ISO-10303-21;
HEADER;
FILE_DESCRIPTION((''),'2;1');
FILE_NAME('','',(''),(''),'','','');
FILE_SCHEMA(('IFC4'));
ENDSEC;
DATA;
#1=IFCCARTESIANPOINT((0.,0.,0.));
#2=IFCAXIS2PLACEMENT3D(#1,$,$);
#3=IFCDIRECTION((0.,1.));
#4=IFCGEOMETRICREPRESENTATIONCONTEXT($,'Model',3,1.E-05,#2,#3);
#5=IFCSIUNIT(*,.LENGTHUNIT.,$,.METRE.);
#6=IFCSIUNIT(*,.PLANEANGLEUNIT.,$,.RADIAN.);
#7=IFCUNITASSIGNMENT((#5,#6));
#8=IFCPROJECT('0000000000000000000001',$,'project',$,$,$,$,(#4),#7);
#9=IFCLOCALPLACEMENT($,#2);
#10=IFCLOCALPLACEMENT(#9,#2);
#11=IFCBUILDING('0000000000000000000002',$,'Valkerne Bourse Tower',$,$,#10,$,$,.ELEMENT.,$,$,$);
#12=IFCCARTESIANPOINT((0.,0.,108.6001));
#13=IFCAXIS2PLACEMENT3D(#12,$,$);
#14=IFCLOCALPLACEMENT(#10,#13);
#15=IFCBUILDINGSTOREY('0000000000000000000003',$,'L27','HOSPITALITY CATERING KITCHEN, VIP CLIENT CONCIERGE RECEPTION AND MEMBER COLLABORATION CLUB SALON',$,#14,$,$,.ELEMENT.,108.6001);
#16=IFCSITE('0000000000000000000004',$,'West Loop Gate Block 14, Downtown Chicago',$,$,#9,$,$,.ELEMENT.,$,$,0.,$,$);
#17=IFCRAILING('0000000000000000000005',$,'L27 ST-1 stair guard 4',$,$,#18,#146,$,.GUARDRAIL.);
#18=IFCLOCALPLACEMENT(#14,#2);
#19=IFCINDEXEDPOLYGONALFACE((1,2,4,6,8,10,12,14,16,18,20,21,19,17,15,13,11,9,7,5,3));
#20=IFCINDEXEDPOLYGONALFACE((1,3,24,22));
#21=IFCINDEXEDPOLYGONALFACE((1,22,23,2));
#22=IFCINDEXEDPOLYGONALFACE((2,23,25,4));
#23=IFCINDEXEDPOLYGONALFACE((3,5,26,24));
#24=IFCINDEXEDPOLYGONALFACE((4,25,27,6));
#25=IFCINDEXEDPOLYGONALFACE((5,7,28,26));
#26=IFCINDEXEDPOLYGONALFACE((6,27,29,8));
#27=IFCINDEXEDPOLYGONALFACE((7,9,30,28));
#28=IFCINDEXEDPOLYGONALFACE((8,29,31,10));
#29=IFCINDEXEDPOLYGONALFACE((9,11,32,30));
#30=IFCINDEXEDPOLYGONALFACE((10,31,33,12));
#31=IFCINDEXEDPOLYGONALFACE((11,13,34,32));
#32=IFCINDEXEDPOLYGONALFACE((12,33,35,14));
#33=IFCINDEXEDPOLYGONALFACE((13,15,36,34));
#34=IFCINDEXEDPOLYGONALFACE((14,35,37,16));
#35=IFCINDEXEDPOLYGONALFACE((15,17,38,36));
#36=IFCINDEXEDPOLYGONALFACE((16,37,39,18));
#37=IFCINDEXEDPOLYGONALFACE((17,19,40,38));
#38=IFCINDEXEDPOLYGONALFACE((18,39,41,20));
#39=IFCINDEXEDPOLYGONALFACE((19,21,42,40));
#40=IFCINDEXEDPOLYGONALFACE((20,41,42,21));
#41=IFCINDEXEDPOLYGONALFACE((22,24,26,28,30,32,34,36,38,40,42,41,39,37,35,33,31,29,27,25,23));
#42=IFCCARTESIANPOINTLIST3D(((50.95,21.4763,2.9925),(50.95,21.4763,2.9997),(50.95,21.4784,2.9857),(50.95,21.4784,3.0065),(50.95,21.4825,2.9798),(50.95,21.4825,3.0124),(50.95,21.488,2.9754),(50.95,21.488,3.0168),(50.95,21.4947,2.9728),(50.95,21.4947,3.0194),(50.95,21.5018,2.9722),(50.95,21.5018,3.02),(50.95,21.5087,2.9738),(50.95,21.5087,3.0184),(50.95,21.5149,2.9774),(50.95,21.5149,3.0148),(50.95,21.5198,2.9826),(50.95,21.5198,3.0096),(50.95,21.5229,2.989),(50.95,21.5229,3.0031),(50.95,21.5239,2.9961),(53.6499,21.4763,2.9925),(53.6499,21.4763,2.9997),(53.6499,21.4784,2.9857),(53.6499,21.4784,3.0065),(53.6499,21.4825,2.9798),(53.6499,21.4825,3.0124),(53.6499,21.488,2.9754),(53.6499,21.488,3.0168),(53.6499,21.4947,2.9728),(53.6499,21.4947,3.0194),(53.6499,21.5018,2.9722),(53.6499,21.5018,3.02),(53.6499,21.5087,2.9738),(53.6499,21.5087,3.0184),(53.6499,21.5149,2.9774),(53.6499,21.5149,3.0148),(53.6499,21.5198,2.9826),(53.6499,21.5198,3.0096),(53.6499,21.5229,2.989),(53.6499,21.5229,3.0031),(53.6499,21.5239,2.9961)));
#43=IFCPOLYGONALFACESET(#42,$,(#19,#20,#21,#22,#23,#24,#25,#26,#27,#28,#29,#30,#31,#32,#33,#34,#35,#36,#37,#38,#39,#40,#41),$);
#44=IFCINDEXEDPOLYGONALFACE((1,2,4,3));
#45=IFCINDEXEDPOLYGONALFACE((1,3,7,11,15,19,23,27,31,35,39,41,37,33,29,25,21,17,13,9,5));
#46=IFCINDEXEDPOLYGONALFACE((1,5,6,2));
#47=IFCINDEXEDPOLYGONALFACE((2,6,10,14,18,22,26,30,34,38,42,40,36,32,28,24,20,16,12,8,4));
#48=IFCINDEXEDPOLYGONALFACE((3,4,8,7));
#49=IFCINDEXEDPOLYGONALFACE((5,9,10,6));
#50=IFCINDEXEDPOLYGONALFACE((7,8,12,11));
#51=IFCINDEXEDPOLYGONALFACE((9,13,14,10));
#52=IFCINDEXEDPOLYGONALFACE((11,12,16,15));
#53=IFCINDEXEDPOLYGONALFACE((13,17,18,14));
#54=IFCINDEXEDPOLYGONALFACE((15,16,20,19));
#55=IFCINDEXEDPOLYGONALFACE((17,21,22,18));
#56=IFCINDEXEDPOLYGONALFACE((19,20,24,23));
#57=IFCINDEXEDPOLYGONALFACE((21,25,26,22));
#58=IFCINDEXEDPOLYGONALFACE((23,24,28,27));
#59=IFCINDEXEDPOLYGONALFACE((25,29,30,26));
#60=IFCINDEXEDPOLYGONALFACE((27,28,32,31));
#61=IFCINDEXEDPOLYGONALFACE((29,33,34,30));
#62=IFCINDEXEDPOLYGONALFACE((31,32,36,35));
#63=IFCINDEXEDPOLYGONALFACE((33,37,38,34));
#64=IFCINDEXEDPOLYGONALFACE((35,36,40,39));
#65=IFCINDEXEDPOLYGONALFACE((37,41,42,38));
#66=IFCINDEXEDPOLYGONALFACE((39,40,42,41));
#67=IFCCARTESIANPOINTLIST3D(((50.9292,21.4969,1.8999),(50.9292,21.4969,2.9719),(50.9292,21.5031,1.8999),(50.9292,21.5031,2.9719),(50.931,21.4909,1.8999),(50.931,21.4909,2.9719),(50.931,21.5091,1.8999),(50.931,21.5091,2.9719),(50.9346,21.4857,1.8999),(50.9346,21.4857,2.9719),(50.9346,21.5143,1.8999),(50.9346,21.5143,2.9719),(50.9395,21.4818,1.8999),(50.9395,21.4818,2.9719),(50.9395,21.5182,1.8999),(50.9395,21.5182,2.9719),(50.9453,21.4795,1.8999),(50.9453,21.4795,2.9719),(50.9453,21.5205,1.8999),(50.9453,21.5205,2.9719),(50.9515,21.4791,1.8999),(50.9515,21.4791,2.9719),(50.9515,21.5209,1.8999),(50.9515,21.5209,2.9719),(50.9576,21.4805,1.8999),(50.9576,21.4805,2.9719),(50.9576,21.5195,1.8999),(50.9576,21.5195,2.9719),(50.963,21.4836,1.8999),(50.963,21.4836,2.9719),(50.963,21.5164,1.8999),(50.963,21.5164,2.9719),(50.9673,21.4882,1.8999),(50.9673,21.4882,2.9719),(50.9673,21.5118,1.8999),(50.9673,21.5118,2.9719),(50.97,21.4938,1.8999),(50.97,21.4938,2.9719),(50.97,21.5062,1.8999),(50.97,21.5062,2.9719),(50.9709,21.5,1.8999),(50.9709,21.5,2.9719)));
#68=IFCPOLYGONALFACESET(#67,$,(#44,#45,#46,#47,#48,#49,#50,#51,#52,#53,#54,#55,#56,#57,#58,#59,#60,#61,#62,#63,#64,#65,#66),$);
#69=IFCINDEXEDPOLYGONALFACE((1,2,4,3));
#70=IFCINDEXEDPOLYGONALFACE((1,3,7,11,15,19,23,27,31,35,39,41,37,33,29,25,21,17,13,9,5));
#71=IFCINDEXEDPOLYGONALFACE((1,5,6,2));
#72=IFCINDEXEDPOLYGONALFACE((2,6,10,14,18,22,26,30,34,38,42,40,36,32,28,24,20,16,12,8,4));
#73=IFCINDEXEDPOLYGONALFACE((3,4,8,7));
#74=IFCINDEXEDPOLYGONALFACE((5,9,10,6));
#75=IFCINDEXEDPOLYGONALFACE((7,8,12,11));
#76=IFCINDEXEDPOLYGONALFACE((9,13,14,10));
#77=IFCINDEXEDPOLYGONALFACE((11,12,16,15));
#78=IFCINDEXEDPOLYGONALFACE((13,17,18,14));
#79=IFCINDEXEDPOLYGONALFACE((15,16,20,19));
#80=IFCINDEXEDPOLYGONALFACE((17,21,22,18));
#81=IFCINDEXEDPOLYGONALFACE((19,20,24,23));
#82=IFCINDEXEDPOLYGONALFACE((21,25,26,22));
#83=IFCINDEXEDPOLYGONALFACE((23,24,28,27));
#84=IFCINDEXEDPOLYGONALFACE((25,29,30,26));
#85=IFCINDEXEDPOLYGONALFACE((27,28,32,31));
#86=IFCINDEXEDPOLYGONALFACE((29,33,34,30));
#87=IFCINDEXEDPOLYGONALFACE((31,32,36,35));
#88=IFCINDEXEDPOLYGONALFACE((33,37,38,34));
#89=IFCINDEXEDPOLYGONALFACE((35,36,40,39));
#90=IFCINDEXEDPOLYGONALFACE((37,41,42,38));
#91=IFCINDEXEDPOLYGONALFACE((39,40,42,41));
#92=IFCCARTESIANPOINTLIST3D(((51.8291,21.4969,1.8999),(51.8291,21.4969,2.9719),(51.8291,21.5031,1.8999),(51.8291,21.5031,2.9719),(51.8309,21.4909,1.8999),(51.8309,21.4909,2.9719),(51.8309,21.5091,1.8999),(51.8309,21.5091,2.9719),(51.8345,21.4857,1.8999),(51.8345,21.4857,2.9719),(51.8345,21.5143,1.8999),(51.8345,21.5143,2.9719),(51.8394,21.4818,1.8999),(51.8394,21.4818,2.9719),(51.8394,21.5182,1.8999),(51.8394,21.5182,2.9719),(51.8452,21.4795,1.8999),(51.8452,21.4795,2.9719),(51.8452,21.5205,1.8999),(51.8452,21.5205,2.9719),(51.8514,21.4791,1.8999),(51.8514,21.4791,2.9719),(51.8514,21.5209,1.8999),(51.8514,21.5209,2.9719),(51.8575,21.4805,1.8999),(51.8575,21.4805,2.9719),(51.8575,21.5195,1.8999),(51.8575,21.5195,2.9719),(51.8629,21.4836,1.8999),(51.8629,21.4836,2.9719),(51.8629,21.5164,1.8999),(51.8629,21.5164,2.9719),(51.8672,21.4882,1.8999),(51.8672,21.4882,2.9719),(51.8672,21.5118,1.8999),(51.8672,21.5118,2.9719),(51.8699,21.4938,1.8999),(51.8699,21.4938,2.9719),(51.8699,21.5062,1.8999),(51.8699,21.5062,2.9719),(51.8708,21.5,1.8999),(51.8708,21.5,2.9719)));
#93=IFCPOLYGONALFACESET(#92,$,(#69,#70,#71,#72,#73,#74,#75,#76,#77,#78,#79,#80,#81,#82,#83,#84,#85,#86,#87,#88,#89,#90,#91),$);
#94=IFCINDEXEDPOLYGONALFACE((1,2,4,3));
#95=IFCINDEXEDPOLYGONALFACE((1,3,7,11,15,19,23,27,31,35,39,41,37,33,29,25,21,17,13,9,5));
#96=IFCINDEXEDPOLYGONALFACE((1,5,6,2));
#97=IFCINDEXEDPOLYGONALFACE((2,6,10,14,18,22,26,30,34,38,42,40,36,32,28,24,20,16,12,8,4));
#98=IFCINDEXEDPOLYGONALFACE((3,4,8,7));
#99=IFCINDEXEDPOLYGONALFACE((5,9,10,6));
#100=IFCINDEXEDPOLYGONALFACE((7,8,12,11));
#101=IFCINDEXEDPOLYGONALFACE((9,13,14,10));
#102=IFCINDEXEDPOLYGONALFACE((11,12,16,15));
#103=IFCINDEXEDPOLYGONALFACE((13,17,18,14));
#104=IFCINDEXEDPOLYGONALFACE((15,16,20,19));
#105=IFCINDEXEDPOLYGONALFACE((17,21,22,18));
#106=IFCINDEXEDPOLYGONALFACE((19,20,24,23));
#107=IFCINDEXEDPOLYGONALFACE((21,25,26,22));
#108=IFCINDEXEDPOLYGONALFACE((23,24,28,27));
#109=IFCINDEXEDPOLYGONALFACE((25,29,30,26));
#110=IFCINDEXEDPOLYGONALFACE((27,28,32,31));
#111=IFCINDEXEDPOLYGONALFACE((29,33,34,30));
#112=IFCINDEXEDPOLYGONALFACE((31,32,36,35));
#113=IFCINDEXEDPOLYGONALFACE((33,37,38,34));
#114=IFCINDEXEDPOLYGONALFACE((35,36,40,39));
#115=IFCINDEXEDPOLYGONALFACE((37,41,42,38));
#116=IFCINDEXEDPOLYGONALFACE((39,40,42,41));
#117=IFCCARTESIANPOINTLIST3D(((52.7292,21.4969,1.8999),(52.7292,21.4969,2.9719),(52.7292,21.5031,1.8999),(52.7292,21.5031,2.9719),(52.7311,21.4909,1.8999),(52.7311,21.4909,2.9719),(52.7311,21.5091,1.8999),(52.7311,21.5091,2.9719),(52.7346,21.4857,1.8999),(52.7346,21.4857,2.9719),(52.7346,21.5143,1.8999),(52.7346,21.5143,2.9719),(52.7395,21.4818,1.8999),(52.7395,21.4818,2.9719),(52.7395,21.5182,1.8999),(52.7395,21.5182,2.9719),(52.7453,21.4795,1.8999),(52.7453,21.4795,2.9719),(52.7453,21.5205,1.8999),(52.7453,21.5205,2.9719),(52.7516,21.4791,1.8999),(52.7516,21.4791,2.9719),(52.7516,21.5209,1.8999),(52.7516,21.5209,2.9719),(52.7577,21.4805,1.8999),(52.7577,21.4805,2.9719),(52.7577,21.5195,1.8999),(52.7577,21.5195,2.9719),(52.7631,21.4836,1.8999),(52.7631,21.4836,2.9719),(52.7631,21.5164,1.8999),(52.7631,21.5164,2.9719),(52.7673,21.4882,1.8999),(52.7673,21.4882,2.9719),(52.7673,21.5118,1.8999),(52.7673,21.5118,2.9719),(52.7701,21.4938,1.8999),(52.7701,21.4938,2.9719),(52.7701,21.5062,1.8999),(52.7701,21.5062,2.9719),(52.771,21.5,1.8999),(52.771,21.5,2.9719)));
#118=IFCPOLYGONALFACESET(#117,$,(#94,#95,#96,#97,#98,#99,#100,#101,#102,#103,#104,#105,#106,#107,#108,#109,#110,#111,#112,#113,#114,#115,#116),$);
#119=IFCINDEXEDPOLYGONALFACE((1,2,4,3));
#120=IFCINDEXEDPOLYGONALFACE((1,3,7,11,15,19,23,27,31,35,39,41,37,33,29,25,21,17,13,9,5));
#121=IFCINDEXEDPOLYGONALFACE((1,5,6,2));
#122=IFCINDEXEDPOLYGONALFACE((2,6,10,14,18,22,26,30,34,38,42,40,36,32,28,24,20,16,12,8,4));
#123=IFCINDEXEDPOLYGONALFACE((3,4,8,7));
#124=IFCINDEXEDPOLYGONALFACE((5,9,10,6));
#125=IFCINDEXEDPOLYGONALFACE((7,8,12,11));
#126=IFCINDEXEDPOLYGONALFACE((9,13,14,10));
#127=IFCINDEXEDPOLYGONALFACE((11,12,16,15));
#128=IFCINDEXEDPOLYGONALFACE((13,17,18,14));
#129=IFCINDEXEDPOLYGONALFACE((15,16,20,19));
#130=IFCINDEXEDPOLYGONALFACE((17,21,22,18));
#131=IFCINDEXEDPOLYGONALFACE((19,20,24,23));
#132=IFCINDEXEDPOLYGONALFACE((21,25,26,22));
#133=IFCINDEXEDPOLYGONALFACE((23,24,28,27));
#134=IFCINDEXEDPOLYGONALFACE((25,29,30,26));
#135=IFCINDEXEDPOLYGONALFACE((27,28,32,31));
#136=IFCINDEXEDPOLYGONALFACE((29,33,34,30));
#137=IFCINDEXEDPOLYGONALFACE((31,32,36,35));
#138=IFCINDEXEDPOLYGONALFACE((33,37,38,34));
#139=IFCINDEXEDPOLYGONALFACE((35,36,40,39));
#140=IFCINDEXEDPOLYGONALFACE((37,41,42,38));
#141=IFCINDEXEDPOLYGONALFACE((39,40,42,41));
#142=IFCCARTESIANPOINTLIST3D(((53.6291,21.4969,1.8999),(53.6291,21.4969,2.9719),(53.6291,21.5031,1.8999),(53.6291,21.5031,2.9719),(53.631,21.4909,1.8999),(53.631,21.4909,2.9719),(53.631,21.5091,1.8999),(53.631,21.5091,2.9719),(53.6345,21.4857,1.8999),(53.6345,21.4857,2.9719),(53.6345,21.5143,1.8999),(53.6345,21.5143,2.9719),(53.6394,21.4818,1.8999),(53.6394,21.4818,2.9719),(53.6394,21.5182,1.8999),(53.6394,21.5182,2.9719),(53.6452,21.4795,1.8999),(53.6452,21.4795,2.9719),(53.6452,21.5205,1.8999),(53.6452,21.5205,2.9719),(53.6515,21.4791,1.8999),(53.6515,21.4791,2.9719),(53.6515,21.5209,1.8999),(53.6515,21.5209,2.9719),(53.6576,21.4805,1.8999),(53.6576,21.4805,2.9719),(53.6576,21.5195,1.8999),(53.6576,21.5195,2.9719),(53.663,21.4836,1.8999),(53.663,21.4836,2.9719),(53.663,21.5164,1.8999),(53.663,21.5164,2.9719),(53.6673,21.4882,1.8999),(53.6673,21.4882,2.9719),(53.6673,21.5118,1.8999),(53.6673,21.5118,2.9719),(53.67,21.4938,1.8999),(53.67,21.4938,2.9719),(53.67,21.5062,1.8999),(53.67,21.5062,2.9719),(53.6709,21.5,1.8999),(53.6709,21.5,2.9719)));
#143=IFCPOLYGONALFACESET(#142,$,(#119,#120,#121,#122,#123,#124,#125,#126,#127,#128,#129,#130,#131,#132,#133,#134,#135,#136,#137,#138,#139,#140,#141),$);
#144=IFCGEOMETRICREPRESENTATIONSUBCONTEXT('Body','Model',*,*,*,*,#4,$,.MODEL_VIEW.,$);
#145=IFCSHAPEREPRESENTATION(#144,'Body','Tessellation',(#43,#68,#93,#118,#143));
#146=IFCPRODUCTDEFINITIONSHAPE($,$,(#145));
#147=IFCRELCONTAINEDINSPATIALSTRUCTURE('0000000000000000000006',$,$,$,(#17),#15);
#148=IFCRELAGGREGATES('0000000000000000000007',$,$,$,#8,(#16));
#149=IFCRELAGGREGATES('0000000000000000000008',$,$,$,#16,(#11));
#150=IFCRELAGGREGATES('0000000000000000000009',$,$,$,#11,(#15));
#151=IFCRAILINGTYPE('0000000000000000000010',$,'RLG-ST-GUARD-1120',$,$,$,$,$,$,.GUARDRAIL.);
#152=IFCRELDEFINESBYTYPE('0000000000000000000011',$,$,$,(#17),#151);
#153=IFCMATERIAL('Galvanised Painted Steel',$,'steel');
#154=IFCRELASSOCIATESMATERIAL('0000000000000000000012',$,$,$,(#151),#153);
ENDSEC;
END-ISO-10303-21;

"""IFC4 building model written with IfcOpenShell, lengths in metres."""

from ifc_helpers import new_model, si_unit, direction, frame, origin, origin_2d, place, context, subcontext, project, spatial, circle, extrude, material, type_object, element, save


model = new_model("IFC4")

# Units and contexts
model_context = context("Model", 3, precision=1e-05, world=origin(), true_north=direction((0.0, 1.0)))
body_context = subcontext(model_context, "Body", "Model", "MODEL_VIEW")
ifc_project = project(units=[si_unit("LENGTHUNIT", "METRE"), si_unit("PLANEANGLEUNIT", "RADIAN")], contexts=[model_context])

# Site, building, storey
site_placement = place(None, origin())
site = spatial("IfcSite", under=ifc_project, at=site_placement, Name="West Loop Gate Block 14, Downtown Chicago", CompositionType="ELEMENT", RefElevation=0.0)
building_placement = place(site_placement, origin())
building = spatial("IfcBuilding", under=site, at=building_placement, Name="Valkerne Bourse Tower", CompositionType="ELEMENT")
storey_placement = place(building_placement, frame((0.0, 0.0, 108.6001)))
storey = spatial("IfcBuildingStorey", under=building, at=storey_placement, Name="L27", Description="HOSPITALITY CATERING KITCHEN, VIP CLIENT CONCIERGE RECEPTION AND MEMBER COLLABORATION CLUB SALON", CompositionType="ELEMENT", Elevation=108.6001)

# Shared definitions
ifc_material_1 = material(Name="Galvanised Painted Steel", Category="steel")

# Railing
railing_type_1 = type_object("IfcRailingType", Name="RLG-ST-GUARD-1120", PredefinedType="GUARDRAIL", material=ifc_material_1)
for number, where, name in (
    (1, (50.95, 21.5, 1.8999), "L27 ST-1 stair guard 4"),
):
    element("IfcRailing", number, at=place(storey_placement, frame(where)), inside=storey, type_object=railing_type_1, Name=name, PredefinedType="GUARDRAIL", context=body_context, shape_type="SweptSolid", body=[
        extrude(circle(Radius=0.0239, at=origin_2d()), frame((0.0, 0.0, 1.0962), z_axis=(1.0, 0.0, 0.0), x_axis=(0.0, 1.0, 0.0)), (0.0, 0.0, 1.0), 2.7),
        extrude(circle(Radius=0.021, at=origin_2d()), origin(), (0.0, 0.0, 1.0), 1.072),
        extrude(circle(Radius=0.021, at=origin_2d()), frame((0.8999, 0.0, 0.0)), (0.0, 0.0, 1.0), 1.072),
        extrude(circle(Radius=0.021, at=origin_2d()), frame((1.8, 0.0, 0.0)), (0.0, 0.0, 1.0), 1.072),
        extrude(circle(Radius=0.021, at=origin_2d()), frame((2.7, 0.0, 0.0)), (0.0, 0.0, 1.0), 1.072),
    ])

save(model, "model.ifc")
